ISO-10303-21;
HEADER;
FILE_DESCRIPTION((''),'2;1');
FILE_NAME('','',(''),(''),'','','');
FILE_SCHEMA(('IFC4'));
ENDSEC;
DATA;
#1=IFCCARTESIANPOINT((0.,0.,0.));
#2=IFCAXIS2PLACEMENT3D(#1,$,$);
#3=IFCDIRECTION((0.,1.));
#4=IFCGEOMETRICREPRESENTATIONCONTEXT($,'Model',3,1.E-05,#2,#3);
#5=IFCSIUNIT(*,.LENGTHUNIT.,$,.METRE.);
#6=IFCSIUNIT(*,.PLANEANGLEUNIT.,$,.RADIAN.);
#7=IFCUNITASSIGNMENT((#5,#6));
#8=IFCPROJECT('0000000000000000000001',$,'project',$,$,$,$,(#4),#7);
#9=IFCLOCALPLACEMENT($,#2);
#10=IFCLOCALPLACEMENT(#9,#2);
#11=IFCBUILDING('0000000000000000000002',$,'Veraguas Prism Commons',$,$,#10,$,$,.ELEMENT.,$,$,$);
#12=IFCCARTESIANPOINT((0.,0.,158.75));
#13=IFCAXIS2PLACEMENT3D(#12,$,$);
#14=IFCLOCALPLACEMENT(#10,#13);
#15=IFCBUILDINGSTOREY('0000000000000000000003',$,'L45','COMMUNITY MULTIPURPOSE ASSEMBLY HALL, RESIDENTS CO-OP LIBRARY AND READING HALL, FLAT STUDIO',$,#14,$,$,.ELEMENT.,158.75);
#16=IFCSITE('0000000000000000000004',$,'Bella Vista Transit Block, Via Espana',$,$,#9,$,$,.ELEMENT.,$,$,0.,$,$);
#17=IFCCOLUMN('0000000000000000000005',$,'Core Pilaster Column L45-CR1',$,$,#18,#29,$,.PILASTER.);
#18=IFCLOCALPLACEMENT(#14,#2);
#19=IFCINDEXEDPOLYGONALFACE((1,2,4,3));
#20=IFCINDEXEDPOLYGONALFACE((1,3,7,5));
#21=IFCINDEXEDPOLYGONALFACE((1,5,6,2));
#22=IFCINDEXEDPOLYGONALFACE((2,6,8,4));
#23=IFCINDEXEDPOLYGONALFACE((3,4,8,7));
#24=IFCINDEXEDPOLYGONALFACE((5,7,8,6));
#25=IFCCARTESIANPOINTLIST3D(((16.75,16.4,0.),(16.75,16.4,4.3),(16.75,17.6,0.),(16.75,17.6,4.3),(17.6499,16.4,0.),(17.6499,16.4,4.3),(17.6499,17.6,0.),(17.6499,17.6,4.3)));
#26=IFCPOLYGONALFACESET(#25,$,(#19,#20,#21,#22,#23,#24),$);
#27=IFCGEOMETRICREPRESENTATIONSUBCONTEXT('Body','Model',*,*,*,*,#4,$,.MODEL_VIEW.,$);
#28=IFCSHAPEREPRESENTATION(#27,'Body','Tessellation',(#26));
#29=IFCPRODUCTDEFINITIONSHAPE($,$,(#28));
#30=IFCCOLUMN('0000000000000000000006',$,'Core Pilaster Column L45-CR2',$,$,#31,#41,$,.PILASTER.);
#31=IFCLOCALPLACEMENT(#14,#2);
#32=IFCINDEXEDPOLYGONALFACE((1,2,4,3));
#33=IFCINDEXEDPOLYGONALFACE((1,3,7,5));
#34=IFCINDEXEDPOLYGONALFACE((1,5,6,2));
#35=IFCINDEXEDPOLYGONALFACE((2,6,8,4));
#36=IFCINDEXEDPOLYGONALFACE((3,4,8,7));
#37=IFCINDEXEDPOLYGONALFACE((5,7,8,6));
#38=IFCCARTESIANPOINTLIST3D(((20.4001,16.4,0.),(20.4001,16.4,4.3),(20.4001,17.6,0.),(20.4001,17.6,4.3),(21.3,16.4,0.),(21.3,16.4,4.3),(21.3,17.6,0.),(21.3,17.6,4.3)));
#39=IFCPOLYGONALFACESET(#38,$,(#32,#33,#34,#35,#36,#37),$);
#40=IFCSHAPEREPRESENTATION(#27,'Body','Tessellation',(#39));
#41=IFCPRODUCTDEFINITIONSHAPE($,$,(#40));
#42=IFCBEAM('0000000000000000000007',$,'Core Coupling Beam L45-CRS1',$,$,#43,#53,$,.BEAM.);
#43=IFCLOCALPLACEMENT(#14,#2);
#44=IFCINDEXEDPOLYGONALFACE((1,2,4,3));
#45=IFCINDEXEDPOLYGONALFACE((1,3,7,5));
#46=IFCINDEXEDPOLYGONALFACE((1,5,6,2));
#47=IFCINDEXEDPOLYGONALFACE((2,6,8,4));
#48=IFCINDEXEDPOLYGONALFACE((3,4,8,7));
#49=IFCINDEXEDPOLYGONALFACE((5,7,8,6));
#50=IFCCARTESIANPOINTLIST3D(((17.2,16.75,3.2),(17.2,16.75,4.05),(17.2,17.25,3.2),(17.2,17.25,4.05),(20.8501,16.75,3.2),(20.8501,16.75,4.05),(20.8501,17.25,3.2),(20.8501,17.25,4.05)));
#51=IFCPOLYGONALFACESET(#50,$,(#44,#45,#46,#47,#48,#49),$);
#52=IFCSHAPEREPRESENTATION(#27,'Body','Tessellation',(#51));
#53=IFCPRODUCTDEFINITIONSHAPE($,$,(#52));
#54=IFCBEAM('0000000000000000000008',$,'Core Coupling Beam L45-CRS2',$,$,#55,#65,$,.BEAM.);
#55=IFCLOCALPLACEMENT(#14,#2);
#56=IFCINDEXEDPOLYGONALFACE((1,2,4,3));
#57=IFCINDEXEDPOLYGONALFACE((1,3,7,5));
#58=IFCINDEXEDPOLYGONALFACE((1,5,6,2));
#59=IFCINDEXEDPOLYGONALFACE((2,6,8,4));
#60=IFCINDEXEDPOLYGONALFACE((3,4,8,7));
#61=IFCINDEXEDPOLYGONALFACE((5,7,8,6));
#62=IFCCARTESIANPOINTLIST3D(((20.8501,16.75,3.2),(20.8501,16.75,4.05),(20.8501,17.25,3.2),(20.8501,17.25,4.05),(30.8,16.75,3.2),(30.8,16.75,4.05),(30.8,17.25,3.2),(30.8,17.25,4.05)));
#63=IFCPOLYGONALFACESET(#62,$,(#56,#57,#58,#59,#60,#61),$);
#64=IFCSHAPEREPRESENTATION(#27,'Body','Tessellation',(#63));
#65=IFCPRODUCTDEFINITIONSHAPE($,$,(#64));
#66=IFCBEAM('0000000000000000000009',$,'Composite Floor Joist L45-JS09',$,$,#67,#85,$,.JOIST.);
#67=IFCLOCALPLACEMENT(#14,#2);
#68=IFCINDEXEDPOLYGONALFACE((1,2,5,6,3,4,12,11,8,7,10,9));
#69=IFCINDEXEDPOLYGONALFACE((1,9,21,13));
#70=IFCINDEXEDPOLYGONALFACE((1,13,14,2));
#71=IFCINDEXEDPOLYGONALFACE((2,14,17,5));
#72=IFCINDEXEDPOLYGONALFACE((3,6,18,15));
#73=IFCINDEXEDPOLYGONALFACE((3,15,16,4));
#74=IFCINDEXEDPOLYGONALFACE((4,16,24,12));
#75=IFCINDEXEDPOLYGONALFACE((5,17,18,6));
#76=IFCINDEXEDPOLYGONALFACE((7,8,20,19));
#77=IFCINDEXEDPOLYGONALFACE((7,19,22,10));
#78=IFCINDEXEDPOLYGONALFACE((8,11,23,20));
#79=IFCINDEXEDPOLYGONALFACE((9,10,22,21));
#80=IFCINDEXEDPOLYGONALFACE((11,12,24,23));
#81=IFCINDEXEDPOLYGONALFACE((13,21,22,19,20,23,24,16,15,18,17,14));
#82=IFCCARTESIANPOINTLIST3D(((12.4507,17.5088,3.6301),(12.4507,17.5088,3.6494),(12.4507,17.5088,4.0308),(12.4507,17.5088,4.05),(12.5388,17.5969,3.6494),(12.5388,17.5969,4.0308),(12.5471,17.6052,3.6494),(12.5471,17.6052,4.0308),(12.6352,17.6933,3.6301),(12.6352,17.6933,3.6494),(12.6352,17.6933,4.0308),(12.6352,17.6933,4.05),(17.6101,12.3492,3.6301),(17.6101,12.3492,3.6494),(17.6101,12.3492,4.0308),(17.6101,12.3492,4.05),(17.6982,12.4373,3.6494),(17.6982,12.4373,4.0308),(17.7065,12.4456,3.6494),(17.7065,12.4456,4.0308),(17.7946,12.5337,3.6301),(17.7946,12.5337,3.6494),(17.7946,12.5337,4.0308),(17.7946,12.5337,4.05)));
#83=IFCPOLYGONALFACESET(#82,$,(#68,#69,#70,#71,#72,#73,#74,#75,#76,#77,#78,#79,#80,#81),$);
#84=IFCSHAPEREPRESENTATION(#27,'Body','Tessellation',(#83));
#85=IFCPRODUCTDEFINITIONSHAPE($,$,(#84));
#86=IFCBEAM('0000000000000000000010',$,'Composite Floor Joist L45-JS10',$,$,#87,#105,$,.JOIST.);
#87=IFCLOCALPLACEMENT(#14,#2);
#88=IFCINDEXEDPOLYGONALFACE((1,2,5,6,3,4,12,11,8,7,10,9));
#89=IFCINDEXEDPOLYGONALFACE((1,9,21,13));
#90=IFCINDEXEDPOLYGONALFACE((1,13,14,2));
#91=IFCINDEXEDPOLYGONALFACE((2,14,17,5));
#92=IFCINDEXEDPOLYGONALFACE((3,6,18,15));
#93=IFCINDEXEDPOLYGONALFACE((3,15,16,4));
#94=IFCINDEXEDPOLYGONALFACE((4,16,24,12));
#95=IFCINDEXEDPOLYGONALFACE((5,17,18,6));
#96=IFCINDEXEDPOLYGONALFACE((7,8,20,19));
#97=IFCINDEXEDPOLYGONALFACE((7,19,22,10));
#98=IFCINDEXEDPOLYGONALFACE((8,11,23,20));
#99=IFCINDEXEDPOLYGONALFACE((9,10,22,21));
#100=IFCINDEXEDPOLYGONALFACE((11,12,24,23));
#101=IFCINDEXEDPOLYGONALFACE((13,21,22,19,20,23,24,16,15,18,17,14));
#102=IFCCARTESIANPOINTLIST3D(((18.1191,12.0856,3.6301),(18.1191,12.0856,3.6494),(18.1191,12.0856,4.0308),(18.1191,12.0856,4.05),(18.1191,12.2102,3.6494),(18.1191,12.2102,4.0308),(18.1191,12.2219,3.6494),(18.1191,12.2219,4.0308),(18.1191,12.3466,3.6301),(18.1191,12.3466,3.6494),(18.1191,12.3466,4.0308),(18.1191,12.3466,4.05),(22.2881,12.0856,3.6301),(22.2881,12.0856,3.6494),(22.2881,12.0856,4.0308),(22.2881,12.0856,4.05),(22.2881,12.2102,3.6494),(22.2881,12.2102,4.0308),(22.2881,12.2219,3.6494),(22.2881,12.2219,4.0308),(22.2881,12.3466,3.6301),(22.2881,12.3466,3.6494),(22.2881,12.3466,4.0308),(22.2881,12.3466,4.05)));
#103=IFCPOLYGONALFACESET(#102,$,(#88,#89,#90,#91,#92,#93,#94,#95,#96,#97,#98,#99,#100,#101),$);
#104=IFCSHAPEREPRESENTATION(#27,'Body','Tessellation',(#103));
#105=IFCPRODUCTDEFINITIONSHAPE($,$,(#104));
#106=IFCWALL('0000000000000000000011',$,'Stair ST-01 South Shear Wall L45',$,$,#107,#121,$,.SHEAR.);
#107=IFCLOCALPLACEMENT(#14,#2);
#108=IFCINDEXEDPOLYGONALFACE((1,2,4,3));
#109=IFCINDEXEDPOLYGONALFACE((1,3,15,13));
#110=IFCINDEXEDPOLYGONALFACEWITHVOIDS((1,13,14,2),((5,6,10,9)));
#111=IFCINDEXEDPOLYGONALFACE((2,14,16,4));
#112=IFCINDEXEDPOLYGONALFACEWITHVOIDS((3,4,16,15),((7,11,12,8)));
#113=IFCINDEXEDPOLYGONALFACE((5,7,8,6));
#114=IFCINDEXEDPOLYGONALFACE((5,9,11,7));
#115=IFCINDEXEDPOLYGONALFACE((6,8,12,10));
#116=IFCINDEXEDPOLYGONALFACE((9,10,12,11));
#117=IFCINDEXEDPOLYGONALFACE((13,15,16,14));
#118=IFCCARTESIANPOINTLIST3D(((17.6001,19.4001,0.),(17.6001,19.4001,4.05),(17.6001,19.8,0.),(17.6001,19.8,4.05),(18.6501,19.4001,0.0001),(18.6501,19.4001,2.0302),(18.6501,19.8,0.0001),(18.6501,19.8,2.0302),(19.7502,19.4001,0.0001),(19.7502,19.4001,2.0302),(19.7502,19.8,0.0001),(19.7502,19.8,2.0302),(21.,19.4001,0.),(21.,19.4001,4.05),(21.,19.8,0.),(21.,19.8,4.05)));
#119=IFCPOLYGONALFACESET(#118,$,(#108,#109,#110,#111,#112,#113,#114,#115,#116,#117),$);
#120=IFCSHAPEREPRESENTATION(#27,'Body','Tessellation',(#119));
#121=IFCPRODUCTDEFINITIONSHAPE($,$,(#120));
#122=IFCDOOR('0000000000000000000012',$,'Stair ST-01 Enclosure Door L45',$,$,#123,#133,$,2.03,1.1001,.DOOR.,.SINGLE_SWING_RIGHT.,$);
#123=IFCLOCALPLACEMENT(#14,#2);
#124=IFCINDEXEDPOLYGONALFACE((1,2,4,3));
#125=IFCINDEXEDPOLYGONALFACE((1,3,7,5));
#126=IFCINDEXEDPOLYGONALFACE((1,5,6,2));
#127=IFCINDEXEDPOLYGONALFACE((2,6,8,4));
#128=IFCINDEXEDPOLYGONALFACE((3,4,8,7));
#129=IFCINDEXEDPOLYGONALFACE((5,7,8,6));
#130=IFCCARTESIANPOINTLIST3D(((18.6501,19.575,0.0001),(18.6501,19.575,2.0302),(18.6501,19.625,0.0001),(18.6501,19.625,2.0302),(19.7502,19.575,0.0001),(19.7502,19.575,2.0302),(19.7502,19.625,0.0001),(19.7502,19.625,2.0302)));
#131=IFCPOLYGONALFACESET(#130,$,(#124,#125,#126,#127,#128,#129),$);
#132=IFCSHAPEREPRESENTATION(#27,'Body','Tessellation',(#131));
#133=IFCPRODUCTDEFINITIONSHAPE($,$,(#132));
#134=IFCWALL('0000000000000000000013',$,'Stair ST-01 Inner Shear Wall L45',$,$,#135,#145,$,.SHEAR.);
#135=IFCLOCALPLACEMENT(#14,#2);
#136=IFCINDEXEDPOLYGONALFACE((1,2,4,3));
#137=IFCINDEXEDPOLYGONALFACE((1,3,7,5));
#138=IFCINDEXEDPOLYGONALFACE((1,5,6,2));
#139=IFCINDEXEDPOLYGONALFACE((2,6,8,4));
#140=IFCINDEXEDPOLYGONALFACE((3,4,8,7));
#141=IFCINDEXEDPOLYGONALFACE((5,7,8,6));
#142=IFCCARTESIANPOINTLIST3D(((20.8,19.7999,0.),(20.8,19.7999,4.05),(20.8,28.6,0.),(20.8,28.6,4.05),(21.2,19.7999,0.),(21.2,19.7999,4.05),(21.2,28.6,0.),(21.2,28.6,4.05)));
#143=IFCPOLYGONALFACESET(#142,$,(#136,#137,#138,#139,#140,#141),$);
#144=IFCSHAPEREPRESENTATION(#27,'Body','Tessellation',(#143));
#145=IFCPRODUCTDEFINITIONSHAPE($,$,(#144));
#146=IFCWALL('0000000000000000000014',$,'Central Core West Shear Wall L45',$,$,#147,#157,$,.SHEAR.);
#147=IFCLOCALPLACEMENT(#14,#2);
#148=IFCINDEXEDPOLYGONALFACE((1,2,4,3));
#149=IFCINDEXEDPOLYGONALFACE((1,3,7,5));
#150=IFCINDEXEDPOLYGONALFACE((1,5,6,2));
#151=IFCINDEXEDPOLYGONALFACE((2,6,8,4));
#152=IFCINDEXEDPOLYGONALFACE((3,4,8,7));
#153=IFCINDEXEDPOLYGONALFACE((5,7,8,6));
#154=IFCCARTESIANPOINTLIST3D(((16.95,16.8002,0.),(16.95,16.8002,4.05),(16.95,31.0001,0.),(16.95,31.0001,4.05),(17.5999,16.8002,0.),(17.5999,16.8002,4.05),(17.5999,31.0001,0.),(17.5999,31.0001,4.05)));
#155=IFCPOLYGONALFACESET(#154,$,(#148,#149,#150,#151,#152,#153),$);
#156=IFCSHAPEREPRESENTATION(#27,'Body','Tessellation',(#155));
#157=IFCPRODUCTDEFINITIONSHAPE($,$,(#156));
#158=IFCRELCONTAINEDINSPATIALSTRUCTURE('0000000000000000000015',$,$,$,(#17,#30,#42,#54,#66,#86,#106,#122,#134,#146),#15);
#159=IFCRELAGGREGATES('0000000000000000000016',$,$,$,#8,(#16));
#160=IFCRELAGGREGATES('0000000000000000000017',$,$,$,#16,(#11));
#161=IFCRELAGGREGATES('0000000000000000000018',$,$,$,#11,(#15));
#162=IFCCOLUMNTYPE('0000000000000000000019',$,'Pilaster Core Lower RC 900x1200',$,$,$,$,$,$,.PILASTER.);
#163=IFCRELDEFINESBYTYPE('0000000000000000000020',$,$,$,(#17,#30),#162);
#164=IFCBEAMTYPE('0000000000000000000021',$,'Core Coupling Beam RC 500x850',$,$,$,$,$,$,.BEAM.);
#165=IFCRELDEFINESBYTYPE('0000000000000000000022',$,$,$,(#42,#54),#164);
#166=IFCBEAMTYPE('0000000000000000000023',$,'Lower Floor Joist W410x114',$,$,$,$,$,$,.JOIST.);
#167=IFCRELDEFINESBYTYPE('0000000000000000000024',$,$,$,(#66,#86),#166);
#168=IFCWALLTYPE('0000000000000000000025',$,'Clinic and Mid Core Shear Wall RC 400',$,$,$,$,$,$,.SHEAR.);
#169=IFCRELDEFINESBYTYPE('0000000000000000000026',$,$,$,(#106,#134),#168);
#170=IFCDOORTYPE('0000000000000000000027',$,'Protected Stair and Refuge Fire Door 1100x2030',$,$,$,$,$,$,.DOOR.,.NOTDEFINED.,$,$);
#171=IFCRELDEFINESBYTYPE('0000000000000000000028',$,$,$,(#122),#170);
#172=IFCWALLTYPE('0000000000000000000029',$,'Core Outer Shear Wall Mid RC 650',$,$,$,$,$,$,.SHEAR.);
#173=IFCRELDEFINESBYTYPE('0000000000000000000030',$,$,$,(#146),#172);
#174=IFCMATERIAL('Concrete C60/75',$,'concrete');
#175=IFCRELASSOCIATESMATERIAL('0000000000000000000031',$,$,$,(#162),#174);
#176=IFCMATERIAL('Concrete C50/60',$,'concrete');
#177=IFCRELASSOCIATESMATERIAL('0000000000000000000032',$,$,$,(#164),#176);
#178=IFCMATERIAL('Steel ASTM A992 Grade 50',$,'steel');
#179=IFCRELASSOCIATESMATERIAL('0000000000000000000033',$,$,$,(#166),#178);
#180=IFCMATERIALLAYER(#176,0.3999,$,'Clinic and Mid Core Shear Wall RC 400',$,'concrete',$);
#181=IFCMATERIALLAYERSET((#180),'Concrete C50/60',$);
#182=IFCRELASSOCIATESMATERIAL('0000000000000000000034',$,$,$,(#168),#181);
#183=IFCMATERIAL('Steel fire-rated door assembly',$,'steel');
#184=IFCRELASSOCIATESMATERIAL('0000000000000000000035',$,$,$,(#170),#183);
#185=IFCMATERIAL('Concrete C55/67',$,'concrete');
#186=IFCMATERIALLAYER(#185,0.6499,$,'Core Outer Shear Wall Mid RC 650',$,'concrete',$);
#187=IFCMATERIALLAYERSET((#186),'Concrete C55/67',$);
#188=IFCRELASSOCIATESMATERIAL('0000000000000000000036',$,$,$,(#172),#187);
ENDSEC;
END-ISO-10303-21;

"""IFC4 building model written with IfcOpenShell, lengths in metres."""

from ifc_helpers import new_model, si_unit, direction, frame, frame_2d, origin, origin_2d, place, context, subcontext, project, spatial, rectangle, i_section, extrude, source, transform, mapped, material, layer, layer_set, material_profile, profile_set, type_object, element, fill, save


model = new_model("IFC4")

# Units and contexts
model_context = context("Model", 3, precision=1e-05, world=origin(), true_north=direction((0.0, 1.0)))
body_context = subcontext(model_context, "Body", "Model", "MODEL_VIEW")
ifc_project = project(units=[si_unit("LENGTHUNIT", "METRE"), si_unit("PLANEANGLEUNIT", "RADIAN")], contexts=[model_context])

# Site, building, storey
site_placement = place(None, origin())
site = spatial("IfcSite", under=ifc_project, at=site_placement, Name="Bella Vista Transit Block, Via Espana", CompositionType="ELEMENT", RefElevation=0.0)
building_placement = place(site_placement, origin())
building = spatial("IfcBuilding", under=site, at=building_placement, Name="Veraguas Prism Commons", CompositionType="ELEMENT")
storey_placement = place(building_placement, frame((0.0, 0.0, 158.75)))
storey = spatial("IfcBuildingStorey", under=building, at=storey_placement, Name="L45", Description="COMMUNITY MULTIPURPOSE ASSEMBLY HALL, RESIDENTS CO-OP LIBRARY AND READING HALL, FLAT STUDIO", CompositionType="ELEMENT", Elevation=158.75)

# Columns
ifc_material_1 = material(Name="Concrete C60/75", Category="concrete")
ifc_material_profile_1 = material_profile(ifc_material_1, rectangle(XDim=0.8999, YDim=1.2, at=origin_2d()), Name="RC900X1200")
ifc_profile_set_1 = profile_set([ifc_material_profile_1], Name="Concrete C60/75")
column_type = type_object("IfcColumnType", Name="Pilaster Core Lower RC 900x1200", PredefinedType="PILASTER", material=ifc_profile_set_1)
for number, where, z_axis, x_axis, name in (
    (1, (17.2, 17.0, 0.0), (0.0, 0.0, 1.0), (1.0, 0.0, 0.0), "Core Pilaster Column L45-CR1"),
    (2, (20.8501, 17.0, 0.0), (0.0, 0.0, 1.0), (1.0, 0.0, 0.0), "Core Pilaster Column L45-CR2"),
):
    element("IfcColumn", number, at=place(storey_placement, frame(where, z_axis=z_axis, x_axis=x_axis)), inside=storey, type_object=column_type, Name=name, PredefinedType="PILASTER", context=body_context, shape_type="SweptSolid", body=[
        extrude(rectangle(XDim=0.8999, YDim=1.2, at=origin_2d()), origin(), (0.0, 0.0, 1.0), 4.3),
    ])

# Beams
ifc_material_2 = material(Name="Concrete C50/60", Category="concrete")
ifc_material_profile_2 = material_profile(ifc_material_2, rectangle(XDim=0.5, YDim=0.8501, at=origin_2d()), Name="RC500X850")
ifc_profile_set_2 = profile_set([ifc_material_profile_2], Name="Concrete C50/60")
beam_type_1 = type_object("IfcBeamType", Name="Core Coupling Beam RC 500x850", PredefinedType="BEAM", material=ifc_profile_set_2)
beam_1_placement = place(storey_placement, frame((17.2, 17.0, 3.625), z_axis=(1.0, 0.0, 0.0), x_axis=(0.0, 1.0, 0.0)))
element("IfcBeam", 3, at=beam_1_placement, inside=storey, type_object=beam_type_1, Name="Core Coupling Beam L45-CRS1", PredefinedType="BEAM", context=body_context, shape_type="SweptSolid", body=[
    extrude(rectangle(XDim=0.5, YDim=0.8501, at=origin_2d()), origin(), (0.0, 0.0, 1.0), 3.6501),
])
beam_2_placement = place(storey_placement, frame((20.8501, 17.0, 3.625), z_axis=(1.0, 0.0, 0.0), x_axis=(0.0, 1.0, 0.0)))
element("IfcBeam", 4, at=beam_2_placement, inside=storey, type_object=beam_type_1, Name="Core Coupling Beam L45-CRS2", PredefinedType="BEAM", context=body_context, shape_type="SweptSolid", body=[
    extrude(rectangle(XDim=0.5, YDim=0.8501, at=origin_2d()), origin(), (0.0, 0.0, 1.0), 9.95),
])
ifc_material_3 = material(Name="Steel ASTM A992 Grade 50", Category="steel")
ifc_material_profile_3 = material_profile(ifc_material_3, i_section(OverallWidth=0.261, OverallDepth=0.4199, WebThickness=0.0117, FlangeThickness=0.0193, at=origin_2d()), Name="W410X114")
ifc_profile_set_3 = profile_set([ifc_material_profile_3], Name="Steel ASTM A992 Grade 50")
beam_type_2 = type_object("IfcBeamType", Name="Lower Floor Joist W410x114", PredefinedType="JOIST", material=ifc_profile_set_3)
beam_3_placement = place(storey_placement, frame((12.543, 17.6011, 3.8401), z_axis=(0.70709, -0.707124, 0.0), x_axis=(0.707124, 0.70709, 0.0)))
element("IfcBeam", 5, at=beam_3_placement, inside=storey, type_object=beam_type_2, Name="Composite Floor Joist L45-JS09", PredefinedType="JOIST", context=body_context, shape_type="SweptSolid", body=[
    extrude(i_section(OverallWidth=0.261, OverallDepth=0.4199, WebThickness=0.0117, FlangeThickness=0.0193, at=origin_2d()), origin(), (0.0, 0.0, 1.0), 7.2966),
])
beam_4_placement = place(storey_placement, frame((18.1191, 12.2161, 3.8401), z_axis=(1.0, 0.0, 0.0), x_axis=(0.0, 1.0, 0.0)))
element("IfcBeam", 6, at=beam_4_placement, inside=storey, type_object=beam_type_2, Name="Composite Floor Joist L45-JS10", PredefinedType="JOIST", context=body_context, shape_type="SweptSolid", body=[
    extrude(i_section(OverallWidth=0.261, OverallDepth=0.4199, WebThickness=0.0117, FlangeThickness=0.0193, at=origin_2d()), origin(), (0.0, 0.0, 1.0), 4.1689),
])

# Wall, opening, door
ifc_layer_1 = layer(ifc_material_2, 0.3999, Name="Clinic and Mid Core Shear Wall RC 400", Category="concrete")
ifc_layer_set_1 = layer_set([ifc_layer_1], Name="Concrete C50/60")
wall_type_1 = type_object("IfcWallType", Name="Clinic and Mid Core Shear Wall RC 400", PredefinedType="SHEAR", material=ifc_layer_set_1)
wall_1_placement = place(storey_placement, frame((17.6001, 19.6001, 0.0), z_axis=(0.0, 0.0, 1.0), x_axis=(1.0, 0.0, 0.0)))
wall_1 = element("IfcWall", 7, at=wall_1_placement, inside=storey, type_object=wall_type_1, Name="Stair ST-01 South Shear Wall L45", PredefinedType="SHEAR", context=body_context, shape_type="SweptSolid", body=[
    extrude(rectangle(XDim=3.3999, YDim=0.3999, at=frame_2d((1.7, 0.0))), origin(), (0.0, 0.0, 1.0), 4.05),
])
opening_1_placement = place(wall_1_placement, frame((1.05, 0.0, 0.0)))
opening_1 = element("IfcOpeningElement", 8, at=opening_1_placement, cuts=wall_1, PredefinedType="OPENING", context=body_context, shape_type="SweptSolid", body=[
    extrude(rectangle(XDim=1.1001, YDim=2.03, at=frame_2d((0.55, 1.0151))), frame((0.0, 0.21, 0.0), z_axis=(0.0, -1.0, 0.0), x_axis=(1.0, 0.0, 0.0)), (0.0, 0.0, 1.0), 0.4199),
])
ifc_material_4 = material(Name="Steel fire-rated door assembly", Category="steel")
door_type_1 = type_object("IfcDoorType", Name="Protected Stair and Refuge Fire Door 1100x2030", OperationType="NOTDEFINED", PredefinedType="DOOR", material=ifc_material_4)
shared_shape_1 = source(origin(), body_context, "Body", "SweptSolid", [
    extrude(rectangle(XDim=1.1001, YDim=2.03, at=frame_2d((0.55, 1.0151))), frame((0.0, 0.0249, 0.0), z_axis=(0.0, -1.0, 0.0), x_axis=(1.0, 0.0, 0.0)), (0.0, 0.0, 1.0), 0.05),
])
door_1_placement = place(opening_1_placement, origin())
door_1 = element("IfcDoor", 9, at=door_1_placement, inside=storey, type_object=door_type_1, Name="Stair ST-01 Enclosure Door L45", OperationType="SINGLE_SWING_RIGHT", OverallHeight=2.03, OverallWidth=1.1001, PredefinedType="DOOR", context=body_context, shape_type="MappedRepresentation", body=[
    mapped(shared_shape_1, transform((0.0, 0.0, 0.0), scale=1.0)),
])
fill(opening_1, door_1)

# Walls
wall_2_placement = place(storey_placement, frame((21.0, 19.8, 0.0), z_axis=(0.0, 0.0, 1.0), x_axis=(0.0, 1.0, 0.0)))
element("IfcWall", 10, at=wall_2_placement, inside=storey, type_object=wall_type_1, Name="Stair ST-01 Inner Shear Wall L45", PredefinedType="SHEAR", context=body_context, shape_type="SweptSolid", body=[
    extrude(rectangle(XDim=8.8, YDim=0.3999, at=frame_2d((4.3999, 0.0))), origin(), (0.0, 0.0, 1.0), 4.05),
])
ifc_material_5 = material(Name="Concrete C55/67", Category="concrete")
ifc_layer_2 = layer(ifc_material_5, 0.6499, Name="Core Outer Shear Wall Mid RC 650", Category="concrete")
ifc_layer_set_2 = layer_set([ifc_layer_2], Name="Concrete C55/67")
wall_type_2 = type_object("IfcWallType", Name="Core Outer Shear Wall Mid RC 650", PredefinedType="SHEAR", material=ifc_layer_set_2)
wall_3_placement = place(storey_placement, frame((17.2749, 16.8, 0.0), z_axis=(0.0, 0.0, 1.0), x_axis=(0.0, 1.0, 0.0)))
element("IfcWall", 11, at=wall_3_placement, inside=storey, type_object=wall_type_2, Name="Central Core West Shear Wall L45", PredefinedType="SHEAR", context=body_context, shape_type="SweptSolid", body=[
    extrude(rectangle(XDim=14.2, YDim=0.6499, at=frame_2d((7.1001, 0.0))), origin(), (0.0, 0.0, 1.0), 4.05),
])

save(model, "model.ifc")
